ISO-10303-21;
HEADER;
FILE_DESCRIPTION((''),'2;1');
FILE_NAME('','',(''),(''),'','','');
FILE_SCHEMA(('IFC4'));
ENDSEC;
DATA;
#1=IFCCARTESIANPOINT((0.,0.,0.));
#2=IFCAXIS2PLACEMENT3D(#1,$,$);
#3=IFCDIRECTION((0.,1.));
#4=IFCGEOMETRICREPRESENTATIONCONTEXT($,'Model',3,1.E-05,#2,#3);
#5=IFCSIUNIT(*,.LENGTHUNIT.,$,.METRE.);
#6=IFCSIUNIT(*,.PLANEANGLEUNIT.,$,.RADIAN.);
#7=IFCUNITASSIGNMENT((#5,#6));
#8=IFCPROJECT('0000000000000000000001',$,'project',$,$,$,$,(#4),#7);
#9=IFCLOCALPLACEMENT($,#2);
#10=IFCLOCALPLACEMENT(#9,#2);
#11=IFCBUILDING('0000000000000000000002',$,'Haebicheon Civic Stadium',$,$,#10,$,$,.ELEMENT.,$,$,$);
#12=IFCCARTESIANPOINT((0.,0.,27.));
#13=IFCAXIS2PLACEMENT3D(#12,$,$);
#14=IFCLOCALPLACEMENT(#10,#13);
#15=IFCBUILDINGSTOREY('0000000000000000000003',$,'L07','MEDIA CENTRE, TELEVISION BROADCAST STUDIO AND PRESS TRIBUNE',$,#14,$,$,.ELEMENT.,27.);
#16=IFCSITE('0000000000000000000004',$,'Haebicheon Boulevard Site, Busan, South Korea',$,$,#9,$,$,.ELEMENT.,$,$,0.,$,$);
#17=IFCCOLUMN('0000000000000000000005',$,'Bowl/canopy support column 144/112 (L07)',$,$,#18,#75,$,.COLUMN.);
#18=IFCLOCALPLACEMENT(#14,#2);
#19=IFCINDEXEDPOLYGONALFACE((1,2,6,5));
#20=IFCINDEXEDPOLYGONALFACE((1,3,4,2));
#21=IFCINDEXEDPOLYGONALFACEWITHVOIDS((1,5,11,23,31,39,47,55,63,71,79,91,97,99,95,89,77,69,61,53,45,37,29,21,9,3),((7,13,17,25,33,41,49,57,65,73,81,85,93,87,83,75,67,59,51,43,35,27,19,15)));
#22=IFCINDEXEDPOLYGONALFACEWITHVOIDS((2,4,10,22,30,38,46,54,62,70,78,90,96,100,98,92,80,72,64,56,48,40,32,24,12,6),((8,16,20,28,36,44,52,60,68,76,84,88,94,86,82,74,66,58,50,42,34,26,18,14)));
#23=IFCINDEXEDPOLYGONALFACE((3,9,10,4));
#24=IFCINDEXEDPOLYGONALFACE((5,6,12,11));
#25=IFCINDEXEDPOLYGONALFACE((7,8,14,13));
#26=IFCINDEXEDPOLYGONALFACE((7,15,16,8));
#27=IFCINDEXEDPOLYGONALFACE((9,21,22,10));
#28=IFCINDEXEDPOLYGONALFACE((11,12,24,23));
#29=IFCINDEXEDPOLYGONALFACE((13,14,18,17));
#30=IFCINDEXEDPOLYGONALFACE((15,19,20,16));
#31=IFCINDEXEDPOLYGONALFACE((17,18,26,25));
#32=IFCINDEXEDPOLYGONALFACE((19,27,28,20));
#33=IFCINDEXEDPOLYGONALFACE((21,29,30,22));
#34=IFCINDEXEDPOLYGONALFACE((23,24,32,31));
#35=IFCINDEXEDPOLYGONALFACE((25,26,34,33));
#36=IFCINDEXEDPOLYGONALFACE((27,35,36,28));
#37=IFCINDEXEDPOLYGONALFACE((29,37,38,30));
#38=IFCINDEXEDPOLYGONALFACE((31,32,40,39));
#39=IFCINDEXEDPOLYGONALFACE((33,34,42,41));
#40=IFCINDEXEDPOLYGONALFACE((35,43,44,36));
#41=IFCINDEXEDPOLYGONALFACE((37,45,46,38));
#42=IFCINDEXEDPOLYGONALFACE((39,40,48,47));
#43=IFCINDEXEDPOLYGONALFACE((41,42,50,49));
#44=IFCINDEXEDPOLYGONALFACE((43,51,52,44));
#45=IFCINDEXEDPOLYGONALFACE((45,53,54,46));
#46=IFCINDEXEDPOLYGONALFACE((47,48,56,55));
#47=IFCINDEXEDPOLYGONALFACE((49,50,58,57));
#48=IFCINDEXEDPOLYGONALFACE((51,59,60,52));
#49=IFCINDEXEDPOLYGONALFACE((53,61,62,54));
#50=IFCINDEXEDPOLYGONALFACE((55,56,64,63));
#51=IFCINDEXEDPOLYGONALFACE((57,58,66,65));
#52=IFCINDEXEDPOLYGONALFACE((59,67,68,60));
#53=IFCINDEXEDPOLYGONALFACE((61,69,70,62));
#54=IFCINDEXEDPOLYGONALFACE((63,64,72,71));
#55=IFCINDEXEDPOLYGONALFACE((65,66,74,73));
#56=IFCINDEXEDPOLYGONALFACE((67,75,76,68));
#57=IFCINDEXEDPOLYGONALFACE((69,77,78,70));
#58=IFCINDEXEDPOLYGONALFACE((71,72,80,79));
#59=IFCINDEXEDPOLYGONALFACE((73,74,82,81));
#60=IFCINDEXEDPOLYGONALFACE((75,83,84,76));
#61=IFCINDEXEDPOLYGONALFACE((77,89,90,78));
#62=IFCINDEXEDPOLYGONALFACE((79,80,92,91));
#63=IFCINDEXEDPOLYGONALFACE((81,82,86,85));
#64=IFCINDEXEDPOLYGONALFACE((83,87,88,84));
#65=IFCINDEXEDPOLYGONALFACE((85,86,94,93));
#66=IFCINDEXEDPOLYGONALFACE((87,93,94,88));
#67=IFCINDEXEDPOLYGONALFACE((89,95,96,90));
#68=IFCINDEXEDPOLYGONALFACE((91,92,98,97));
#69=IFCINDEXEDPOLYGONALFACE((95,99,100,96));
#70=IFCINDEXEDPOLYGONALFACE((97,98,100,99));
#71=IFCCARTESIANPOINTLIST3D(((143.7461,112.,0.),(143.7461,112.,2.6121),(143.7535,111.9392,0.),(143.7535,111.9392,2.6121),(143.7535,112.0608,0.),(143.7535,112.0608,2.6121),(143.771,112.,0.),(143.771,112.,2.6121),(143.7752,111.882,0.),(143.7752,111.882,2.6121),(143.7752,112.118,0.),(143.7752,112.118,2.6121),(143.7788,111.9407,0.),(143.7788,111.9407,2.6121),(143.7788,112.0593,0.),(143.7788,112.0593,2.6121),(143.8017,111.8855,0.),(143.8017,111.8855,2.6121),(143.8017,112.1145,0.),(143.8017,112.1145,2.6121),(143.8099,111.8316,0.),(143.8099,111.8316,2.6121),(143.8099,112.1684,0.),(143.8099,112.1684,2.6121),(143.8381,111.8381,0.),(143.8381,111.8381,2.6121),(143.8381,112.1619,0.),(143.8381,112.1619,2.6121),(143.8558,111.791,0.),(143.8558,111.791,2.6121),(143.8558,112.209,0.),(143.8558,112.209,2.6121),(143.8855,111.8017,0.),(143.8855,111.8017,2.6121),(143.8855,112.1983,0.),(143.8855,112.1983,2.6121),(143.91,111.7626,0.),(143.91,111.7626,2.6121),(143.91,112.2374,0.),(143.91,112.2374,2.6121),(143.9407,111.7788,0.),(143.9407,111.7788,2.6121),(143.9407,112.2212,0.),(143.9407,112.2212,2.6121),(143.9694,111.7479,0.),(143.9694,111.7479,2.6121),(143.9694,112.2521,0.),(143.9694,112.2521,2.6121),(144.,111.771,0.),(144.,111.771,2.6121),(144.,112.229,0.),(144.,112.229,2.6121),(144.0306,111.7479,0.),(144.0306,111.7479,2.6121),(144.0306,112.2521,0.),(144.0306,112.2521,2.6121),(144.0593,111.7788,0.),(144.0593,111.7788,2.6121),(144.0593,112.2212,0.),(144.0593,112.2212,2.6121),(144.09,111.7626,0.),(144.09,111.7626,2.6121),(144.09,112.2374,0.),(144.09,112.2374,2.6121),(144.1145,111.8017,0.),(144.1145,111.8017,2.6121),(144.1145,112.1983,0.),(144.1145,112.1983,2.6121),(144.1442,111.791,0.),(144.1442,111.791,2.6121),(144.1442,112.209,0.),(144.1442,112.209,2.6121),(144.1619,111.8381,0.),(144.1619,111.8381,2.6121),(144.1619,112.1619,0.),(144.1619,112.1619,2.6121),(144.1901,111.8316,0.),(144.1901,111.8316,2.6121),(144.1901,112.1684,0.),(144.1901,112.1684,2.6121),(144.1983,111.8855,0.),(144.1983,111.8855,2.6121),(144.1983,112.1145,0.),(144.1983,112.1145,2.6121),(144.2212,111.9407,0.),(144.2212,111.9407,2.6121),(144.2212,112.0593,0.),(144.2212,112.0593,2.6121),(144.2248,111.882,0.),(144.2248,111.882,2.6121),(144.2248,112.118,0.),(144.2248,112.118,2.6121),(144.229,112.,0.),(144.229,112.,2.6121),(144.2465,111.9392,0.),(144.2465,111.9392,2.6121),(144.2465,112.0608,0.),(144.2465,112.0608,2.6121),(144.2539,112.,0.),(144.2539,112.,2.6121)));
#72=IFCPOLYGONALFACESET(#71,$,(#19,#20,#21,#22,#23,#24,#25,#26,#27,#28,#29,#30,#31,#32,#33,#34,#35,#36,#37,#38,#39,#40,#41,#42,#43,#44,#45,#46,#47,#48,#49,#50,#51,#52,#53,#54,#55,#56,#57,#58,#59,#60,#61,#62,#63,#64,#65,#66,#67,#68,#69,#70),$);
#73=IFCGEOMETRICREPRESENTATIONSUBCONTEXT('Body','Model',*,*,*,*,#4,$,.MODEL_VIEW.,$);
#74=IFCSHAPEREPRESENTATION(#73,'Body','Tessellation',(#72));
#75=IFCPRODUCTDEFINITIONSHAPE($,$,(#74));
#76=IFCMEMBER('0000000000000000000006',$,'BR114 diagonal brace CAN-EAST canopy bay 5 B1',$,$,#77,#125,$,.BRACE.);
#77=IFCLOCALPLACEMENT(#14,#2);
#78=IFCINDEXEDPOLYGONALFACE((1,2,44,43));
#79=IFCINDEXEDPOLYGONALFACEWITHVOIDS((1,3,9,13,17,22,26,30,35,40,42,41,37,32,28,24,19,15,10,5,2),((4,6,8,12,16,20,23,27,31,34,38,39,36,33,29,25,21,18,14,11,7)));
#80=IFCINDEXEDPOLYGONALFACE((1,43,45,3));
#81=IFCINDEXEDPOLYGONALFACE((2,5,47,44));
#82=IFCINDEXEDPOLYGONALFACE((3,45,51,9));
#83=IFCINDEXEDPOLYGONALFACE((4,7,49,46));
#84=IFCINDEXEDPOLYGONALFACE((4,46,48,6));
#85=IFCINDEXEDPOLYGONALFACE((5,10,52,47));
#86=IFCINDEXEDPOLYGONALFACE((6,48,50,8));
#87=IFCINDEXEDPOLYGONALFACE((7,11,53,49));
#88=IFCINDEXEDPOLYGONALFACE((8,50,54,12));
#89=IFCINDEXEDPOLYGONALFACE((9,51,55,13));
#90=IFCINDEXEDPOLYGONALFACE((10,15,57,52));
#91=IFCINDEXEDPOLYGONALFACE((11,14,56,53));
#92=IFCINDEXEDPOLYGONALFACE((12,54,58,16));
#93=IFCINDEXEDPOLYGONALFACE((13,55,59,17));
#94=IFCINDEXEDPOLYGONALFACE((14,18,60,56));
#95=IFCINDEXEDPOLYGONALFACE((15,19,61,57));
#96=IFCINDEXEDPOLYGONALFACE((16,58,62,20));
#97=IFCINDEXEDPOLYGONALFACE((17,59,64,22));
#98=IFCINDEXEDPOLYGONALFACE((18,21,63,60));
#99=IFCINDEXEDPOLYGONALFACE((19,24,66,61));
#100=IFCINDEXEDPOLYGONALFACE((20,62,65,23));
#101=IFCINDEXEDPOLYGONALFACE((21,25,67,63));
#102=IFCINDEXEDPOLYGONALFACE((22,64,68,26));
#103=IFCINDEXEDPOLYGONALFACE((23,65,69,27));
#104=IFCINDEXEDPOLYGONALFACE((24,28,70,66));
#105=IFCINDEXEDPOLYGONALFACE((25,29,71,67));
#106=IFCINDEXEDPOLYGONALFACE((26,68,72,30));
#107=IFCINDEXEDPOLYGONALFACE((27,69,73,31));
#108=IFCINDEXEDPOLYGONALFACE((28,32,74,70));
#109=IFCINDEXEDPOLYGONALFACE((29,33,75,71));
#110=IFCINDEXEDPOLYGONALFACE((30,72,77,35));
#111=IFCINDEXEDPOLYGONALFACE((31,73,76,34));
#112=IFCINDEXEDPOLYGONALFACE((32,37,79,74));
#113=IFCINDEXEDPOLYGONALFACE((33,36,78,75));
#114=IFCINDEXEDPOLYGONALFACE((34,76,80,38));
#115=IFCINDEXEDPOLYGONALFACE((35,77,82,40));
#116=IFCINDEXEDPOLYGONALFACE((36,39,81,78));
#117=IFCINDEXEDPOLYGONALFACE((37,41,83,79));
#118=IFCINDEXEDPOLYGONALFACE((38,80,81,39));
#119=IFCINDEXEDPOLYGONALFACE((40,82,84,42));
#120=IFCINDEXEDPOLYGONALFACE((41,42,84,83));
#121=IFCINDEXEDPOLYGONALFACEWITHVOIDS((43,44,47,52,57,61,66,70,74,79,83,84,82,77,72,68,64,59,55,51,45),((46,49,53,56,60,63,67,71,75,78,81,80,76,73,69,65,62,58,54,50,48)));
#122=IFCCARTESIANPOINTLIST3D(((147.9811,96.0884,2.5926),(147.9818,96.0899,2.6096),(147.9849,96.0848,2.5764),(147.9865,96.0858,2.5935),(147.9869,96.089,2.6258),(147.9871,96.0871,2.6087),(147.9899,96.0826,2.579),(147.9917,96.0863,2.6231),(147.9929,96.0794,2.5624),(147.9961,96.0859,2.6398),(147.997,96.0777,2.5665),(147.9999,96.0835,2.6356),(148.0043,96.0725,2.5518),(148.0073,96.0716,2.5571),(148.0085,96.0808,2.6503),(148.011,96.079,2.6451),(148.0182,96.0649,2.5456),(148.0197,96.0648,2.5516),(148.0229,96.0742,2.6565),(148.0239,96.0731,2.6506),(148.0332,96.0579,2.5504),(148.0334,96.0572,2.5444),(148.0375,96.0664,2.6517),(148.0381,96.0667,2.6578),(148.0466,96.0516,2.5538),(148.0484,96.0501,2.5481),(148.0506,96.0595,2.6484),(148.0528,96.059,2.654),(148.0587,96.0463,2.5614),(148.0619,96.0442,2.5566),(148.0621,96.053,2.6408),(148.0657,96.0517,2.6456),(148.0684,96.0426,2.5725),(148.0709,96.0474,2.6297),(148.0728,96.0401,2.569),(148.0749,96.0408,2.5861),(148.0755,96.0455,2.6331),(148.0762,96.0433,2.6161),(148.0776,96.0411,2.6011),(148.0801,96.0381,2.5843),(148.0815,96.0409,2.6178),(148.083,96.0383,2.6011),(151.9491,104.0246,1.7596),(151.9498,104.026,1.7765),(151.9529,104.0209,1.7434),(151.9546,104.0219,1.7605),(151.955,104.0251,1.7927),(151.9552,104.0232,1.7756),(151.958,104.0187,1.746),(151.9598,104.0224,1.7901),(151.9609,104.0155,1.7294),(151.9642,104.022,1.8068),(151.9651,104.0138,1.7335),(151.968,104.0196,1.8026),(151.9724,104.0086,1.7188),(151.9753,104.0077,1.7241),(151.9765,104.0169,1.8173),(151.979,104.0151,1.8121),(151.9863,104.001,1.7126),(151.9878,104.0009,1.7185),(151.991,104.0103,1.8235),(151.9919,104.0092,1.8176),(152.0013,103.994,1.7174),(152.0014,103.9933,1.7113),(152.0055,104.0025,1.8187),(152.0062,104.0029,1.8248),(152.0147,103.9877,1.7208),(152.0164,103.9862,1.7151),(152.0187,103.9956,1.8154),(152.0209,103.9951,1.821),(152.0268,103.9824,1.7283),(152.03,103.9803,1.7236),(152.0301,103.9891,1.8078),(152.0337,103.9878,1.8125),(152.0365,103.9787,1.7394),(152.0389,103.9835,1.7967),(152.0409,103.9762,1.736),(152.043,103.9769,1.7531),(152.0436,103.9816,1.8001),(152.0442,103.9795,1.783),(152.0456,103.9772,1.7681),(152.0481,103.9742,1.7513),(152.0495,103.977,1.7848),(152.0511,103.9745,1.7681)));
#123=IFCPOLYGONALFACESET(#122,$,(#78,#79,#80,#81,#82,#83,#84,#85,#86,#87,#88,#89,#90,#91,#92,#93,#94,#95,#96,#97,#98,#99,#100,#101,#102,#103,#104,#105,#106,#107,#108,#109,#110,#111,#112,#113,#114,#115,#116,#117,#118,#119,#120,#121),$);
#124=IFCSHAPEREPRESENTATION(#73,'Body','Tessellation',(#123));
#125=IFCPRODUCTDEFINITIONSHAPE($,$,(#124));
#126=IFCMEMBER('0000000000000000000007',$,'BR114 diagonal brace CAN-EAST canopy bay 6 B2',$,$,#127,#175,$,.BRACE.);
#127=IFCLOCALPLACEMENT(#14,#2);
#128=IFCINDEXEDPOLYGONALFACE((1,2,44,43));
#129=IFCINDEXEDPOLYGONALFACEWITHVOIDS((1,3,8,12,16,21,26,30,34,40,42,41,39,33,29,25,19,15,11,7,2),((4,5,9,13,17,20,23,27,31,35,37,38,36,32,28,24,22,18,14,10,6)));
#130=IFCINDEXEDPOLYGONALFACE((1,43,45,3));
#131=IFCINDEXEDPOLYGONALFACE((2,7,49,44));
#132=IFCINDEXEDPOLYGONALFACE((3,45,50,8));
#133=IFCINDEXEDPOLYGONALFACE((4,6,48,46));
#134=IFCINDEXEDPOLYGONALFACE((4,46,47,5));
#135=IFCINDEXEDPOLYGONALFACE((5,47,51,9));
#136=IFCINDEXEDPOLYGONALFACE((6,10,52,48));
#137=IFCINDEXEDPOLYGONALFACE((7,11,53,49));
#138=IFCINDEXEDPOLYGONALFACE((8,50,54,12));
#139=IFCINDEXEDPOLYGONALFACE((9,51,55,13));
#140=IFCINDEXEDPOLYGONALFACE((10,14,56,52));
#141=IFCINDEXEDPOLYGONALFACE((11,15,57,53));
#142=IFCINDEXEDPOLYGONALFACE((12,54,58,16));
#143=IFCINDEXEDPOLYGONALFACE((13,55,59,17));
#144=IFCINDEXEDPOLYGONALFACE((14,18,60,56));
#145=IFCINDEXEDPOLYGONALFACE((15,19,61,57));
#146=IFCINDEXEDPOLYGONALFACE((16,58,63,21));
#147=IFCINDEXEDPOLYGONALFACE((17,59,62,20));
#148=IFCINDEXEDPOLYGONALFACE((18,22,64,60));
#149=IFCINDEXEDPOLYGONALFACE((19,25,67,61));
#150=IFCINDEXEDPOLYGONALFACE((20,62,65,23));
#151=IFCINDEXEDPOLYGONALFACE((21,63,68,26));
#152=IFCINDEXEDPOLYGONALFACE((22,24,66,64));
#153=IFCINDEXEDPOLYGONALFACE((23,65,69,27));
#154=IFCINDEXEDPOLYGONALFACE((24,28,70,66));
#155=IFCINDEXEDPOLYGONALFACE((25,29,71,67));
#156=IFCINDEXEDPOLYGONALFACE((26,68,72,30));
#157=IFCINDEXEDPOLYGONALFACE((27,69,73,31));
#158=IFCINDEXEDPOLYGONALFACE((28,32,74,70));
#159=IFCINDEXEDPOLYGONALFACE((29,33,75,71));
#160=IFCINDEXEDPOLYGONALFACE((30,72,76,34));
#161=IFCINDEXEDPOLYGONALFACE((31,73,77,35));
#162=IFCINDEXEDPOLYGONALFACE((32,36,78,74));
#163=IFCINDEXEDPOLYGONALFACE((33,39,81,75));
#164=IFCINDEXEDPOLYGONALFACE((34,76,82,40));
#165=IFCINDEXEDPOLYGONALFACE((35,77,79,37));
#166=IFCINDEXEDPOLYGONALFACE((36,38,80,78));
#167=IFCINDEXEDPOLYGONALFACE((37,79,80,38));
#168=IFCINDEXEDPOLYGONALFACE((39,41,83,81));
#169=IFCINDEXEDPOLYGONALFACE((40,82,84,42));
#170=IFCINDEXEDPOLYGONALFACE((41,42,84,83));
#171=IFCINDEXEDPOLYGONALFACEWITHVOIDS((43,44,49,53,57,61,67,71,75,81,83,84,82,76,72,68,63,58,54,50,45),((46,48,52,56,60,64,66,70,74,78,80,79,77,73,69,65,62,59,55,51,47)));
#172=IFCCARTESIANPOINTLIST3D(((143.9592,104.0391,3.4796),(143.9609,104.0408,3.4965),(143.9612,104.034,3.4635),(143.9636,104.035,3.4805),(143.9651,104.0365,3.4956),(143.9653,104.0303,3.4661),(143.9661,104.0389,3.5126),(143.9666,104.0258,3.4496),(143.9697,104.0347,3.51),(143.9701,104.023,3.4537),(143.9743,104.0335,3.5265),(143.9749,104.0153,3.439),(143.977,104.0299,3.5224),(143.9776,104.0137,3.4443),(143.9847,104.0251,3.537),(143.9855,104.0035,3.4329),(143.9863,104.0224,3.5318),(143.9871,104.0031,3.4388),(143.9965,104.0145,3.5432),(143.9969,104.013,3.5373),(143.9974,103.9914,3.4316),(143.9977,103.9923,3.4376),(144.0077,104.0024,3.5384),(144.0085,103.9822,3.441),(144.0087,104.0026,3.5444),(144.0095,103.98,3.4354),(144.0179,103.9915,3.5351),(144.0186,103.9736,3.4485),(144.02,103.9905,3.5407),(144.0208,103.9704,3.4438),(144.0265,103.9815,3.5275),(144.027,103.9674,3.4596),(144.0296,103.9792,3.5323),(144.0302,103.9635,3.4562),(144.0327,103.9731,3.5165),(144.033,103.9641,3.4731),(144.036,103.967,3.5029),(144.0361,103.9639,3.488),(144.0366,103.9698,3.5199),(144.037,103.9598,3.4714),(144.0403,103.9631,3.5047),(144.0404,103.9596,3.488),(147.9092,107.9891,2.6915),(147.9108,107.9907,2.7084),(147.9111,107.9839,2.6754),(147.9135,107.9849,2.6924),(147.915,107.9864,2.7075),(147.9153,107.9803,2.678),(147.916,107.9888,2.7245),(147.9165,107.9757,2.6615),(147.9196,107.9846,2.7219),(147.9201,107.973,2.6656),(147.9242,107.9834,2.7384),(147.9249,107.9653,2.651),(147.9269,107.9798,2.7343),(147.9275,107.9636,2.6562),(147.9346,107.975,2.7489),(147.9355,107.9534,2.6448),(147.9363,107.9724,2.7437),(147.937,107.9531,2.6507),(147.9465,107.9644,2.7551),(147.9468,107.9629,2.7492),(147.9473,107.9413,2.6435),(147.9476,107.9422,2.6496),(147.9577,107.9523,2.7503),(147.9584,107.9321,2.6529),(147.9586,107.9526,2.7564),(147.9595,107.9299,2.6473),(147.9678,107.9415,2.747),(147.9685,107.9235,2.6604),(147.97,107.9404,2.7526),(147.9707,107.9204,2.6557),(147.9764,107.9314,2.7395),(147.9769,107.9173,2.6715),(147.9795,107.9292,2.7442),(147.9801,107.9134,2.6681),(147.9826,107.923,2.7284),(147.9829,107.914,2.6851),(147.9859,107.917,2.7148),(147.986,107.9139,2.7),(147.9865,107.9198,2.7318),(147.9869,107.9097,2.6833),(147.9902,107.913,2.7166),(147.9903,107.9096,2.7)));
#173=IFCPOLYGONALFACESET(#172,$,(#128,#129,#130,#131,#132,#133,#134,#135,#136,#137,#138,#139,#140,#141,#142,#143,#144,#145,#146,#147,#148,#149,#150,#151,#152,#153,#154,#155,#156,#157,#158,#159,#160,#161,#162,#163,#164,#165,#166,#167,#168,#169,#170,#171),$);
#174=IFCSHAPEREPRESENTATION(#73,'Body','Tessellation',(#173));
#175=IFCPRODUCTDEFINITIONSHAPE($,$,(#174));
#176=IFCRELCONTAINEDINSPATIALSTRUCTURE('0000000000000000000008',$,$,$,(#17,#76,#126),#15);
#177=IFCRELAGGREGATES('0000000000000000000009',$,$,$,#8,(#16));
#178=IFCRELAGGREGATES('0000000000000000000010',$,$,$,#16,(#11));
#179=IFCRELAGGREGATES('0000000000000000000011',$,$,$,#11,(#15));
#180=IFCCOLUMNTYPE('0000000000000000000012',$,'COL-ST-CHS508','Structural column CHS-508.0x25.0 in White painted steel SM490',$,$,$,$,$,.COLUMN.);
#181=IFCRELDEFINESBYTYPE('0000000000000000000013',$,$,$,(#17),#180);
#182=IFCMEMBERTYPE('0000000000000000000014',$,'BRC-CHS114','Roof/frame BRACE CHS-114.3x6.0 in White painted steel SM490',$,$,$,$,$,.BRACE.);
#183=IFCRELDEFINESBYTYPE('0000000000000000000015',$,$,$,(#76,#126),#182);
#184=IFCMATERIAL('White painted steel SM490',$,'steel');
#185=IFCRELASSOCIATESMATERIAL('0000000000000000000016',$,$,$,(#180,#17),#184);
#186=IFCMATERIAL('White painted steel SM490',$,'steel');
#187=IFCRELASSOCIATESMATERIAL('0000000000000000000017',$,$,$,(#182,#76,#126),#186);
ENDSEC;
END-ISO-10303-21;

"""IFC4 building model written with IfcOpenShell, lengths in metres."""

from ifc_helpers import new_model, si_unit, direction, frame, origin, origin_2d, place, context, subcontext, project, spatial, hollow_circle, extrude, material, material_profile, profile_set, type_object, element, save


model = new_model("IFC4")

# Units and contexts
model_context = context("Model", 3, precision=1e-05, world=origin(), true_north=direction((0.0, 1.0)))
body_context = subcontext(model_context, "Body", "Model", "MODEL_VIEW")
ifc_project = project(units=[si_unit("LENGTHUNIT", "METRE"), si_unit("PLANEANGLEUNIT", "RADIAN")], contexts=[model_context])

# Site, building, storey
site_placement = place(None, origin())
site = spatial("IfcSite", under=ifc_project, at=site_placement, Name="Haebicheon Boulevard Site, Busan, South Korea", CompositionType="ELEMENT", RefElevation=0.0)
building_placement = place(site_placement, origin())
building = spatial("IfcBuilding", under=site, at=building_placement, Name="Haebicheon Civic Stadium", CompositionType="ELEMENT")
storey_placement = place(building_placement, frame((0.0, 0.0, 27.0)))
storey = spatial("IfcBuildingStorey", under=building, at=storey_placement, Name="L07", Description="MEDIA CENTRE, TELEVISION BROADCAST STUDIO AND PRESS TRIBUNE", CompositionType="ELEMENT", Elevation=27.0)

# Column
ifc_material_1 = material(Name="White painted steel SM490", Category="steel")
ifc_material_profile_1 = material_profile(ifc_material_1, hollow_circle(Radius=0.2539, WallThickness=0.0249, at=origin_2d()), Name="CHS-508.0x25.0")
ifc_profile_set_1 = profile_set([ifc_material_profile_1], Name="White painted steel SM490")
column_type = type_object("IfcColumnType", Name="COL-ST-CHS508", Description="Structural column CHS-508.0x25.0 in White painted steel SM490", PredefinedType="COLUMN", material=ifc_profile_set_1)
column_placement = place(storey_placement, frame((144.0, 112.0, 0.0), z_axis=(0.0, 0.0, 1.0), x_axis=(1.0, 0.0, 0.0)))
element("IfcColumn", 1, at=column_placement, inside=storey, type_object=column_type, material=ifc_profile_set_1, Name="Bowl/canopy support column 144/112 (L07)", PredefinedType="COLUMN", context=body_context, shape_type="SweptSolid", body=[
    extrude(hollow_circle(Radius=0.2539, WallThickness=0.0249, at=origin_2d()), origin(), (0.0, 0.0, 1.0), 2.6121),
])

# Members
ifc_material_2 = material(Name="White painted steel SM490", Category="steel")
ifc_material_profile_2 = material_profile(ifc_material_2, hollow_circle(Radius=0.0571, WallThickness=0.0061, at=origin_2d()), Name="CHS-114.3x6.0")
ifc_profile_set_2 = profile_set([ifc_material_profile_2], Name="White painted steel SM490")
member_type_1 = type_object("IfcMemberType", Name="BRC-CHS114", Description="Roof/frame BRACE CHS-114.3x6.0 in White painted steel SM490", PredefinedType="BRACE", material=ifc_profile_set_2)
member_1_placement = place(storey_placement, frame((152.0, 104.0, 1.7681), z_axis=(-0.445256, -0.890511, 0.093473), x_axis=(0.894427, -0.447214, 0.0)))
element("IfcMember", 2, at=member_1_placement, inside=storey, type_object=member_type_1, material=ifc_profile_set_2, Name="BR114 diagonal brace CAN-EAST canopy bay 5 B1", PredefinedType="BRACE", context=body_context, shape_type="SweptSolid", body=[
    extrude(hollow_circle(Radius=0.0571, WallThickness=0.0061, at=origin_2d()), origin(), (0.0, 0.0, 1.0), 8.9119),
])
member_2_placement = place(storey_placement, frame((147.95, 107.95, 2.7), z_axis=(-0.700173, -0.700173, 0.139697), x_axis=(0.707107, -0.707107, 0.0)))
element("IfcMember", 3, at=member_2_placement, inside=storey, type_object=member_type_1, material=ifc_profile_set_2, Name="BR114 diagonal brace CAN-EAST canopy bay 6 B2", PredefinedType="BRACE", context=body_context, shape_type="SweptSolid", body=[
    extrude(hollow_circle(Radius=0.0571, WallThickness=0.0061, at=origin_2d()), origin(), (0.0, 0.0, 1.0), 5.6414),
])

save(model, "model.ifc")
